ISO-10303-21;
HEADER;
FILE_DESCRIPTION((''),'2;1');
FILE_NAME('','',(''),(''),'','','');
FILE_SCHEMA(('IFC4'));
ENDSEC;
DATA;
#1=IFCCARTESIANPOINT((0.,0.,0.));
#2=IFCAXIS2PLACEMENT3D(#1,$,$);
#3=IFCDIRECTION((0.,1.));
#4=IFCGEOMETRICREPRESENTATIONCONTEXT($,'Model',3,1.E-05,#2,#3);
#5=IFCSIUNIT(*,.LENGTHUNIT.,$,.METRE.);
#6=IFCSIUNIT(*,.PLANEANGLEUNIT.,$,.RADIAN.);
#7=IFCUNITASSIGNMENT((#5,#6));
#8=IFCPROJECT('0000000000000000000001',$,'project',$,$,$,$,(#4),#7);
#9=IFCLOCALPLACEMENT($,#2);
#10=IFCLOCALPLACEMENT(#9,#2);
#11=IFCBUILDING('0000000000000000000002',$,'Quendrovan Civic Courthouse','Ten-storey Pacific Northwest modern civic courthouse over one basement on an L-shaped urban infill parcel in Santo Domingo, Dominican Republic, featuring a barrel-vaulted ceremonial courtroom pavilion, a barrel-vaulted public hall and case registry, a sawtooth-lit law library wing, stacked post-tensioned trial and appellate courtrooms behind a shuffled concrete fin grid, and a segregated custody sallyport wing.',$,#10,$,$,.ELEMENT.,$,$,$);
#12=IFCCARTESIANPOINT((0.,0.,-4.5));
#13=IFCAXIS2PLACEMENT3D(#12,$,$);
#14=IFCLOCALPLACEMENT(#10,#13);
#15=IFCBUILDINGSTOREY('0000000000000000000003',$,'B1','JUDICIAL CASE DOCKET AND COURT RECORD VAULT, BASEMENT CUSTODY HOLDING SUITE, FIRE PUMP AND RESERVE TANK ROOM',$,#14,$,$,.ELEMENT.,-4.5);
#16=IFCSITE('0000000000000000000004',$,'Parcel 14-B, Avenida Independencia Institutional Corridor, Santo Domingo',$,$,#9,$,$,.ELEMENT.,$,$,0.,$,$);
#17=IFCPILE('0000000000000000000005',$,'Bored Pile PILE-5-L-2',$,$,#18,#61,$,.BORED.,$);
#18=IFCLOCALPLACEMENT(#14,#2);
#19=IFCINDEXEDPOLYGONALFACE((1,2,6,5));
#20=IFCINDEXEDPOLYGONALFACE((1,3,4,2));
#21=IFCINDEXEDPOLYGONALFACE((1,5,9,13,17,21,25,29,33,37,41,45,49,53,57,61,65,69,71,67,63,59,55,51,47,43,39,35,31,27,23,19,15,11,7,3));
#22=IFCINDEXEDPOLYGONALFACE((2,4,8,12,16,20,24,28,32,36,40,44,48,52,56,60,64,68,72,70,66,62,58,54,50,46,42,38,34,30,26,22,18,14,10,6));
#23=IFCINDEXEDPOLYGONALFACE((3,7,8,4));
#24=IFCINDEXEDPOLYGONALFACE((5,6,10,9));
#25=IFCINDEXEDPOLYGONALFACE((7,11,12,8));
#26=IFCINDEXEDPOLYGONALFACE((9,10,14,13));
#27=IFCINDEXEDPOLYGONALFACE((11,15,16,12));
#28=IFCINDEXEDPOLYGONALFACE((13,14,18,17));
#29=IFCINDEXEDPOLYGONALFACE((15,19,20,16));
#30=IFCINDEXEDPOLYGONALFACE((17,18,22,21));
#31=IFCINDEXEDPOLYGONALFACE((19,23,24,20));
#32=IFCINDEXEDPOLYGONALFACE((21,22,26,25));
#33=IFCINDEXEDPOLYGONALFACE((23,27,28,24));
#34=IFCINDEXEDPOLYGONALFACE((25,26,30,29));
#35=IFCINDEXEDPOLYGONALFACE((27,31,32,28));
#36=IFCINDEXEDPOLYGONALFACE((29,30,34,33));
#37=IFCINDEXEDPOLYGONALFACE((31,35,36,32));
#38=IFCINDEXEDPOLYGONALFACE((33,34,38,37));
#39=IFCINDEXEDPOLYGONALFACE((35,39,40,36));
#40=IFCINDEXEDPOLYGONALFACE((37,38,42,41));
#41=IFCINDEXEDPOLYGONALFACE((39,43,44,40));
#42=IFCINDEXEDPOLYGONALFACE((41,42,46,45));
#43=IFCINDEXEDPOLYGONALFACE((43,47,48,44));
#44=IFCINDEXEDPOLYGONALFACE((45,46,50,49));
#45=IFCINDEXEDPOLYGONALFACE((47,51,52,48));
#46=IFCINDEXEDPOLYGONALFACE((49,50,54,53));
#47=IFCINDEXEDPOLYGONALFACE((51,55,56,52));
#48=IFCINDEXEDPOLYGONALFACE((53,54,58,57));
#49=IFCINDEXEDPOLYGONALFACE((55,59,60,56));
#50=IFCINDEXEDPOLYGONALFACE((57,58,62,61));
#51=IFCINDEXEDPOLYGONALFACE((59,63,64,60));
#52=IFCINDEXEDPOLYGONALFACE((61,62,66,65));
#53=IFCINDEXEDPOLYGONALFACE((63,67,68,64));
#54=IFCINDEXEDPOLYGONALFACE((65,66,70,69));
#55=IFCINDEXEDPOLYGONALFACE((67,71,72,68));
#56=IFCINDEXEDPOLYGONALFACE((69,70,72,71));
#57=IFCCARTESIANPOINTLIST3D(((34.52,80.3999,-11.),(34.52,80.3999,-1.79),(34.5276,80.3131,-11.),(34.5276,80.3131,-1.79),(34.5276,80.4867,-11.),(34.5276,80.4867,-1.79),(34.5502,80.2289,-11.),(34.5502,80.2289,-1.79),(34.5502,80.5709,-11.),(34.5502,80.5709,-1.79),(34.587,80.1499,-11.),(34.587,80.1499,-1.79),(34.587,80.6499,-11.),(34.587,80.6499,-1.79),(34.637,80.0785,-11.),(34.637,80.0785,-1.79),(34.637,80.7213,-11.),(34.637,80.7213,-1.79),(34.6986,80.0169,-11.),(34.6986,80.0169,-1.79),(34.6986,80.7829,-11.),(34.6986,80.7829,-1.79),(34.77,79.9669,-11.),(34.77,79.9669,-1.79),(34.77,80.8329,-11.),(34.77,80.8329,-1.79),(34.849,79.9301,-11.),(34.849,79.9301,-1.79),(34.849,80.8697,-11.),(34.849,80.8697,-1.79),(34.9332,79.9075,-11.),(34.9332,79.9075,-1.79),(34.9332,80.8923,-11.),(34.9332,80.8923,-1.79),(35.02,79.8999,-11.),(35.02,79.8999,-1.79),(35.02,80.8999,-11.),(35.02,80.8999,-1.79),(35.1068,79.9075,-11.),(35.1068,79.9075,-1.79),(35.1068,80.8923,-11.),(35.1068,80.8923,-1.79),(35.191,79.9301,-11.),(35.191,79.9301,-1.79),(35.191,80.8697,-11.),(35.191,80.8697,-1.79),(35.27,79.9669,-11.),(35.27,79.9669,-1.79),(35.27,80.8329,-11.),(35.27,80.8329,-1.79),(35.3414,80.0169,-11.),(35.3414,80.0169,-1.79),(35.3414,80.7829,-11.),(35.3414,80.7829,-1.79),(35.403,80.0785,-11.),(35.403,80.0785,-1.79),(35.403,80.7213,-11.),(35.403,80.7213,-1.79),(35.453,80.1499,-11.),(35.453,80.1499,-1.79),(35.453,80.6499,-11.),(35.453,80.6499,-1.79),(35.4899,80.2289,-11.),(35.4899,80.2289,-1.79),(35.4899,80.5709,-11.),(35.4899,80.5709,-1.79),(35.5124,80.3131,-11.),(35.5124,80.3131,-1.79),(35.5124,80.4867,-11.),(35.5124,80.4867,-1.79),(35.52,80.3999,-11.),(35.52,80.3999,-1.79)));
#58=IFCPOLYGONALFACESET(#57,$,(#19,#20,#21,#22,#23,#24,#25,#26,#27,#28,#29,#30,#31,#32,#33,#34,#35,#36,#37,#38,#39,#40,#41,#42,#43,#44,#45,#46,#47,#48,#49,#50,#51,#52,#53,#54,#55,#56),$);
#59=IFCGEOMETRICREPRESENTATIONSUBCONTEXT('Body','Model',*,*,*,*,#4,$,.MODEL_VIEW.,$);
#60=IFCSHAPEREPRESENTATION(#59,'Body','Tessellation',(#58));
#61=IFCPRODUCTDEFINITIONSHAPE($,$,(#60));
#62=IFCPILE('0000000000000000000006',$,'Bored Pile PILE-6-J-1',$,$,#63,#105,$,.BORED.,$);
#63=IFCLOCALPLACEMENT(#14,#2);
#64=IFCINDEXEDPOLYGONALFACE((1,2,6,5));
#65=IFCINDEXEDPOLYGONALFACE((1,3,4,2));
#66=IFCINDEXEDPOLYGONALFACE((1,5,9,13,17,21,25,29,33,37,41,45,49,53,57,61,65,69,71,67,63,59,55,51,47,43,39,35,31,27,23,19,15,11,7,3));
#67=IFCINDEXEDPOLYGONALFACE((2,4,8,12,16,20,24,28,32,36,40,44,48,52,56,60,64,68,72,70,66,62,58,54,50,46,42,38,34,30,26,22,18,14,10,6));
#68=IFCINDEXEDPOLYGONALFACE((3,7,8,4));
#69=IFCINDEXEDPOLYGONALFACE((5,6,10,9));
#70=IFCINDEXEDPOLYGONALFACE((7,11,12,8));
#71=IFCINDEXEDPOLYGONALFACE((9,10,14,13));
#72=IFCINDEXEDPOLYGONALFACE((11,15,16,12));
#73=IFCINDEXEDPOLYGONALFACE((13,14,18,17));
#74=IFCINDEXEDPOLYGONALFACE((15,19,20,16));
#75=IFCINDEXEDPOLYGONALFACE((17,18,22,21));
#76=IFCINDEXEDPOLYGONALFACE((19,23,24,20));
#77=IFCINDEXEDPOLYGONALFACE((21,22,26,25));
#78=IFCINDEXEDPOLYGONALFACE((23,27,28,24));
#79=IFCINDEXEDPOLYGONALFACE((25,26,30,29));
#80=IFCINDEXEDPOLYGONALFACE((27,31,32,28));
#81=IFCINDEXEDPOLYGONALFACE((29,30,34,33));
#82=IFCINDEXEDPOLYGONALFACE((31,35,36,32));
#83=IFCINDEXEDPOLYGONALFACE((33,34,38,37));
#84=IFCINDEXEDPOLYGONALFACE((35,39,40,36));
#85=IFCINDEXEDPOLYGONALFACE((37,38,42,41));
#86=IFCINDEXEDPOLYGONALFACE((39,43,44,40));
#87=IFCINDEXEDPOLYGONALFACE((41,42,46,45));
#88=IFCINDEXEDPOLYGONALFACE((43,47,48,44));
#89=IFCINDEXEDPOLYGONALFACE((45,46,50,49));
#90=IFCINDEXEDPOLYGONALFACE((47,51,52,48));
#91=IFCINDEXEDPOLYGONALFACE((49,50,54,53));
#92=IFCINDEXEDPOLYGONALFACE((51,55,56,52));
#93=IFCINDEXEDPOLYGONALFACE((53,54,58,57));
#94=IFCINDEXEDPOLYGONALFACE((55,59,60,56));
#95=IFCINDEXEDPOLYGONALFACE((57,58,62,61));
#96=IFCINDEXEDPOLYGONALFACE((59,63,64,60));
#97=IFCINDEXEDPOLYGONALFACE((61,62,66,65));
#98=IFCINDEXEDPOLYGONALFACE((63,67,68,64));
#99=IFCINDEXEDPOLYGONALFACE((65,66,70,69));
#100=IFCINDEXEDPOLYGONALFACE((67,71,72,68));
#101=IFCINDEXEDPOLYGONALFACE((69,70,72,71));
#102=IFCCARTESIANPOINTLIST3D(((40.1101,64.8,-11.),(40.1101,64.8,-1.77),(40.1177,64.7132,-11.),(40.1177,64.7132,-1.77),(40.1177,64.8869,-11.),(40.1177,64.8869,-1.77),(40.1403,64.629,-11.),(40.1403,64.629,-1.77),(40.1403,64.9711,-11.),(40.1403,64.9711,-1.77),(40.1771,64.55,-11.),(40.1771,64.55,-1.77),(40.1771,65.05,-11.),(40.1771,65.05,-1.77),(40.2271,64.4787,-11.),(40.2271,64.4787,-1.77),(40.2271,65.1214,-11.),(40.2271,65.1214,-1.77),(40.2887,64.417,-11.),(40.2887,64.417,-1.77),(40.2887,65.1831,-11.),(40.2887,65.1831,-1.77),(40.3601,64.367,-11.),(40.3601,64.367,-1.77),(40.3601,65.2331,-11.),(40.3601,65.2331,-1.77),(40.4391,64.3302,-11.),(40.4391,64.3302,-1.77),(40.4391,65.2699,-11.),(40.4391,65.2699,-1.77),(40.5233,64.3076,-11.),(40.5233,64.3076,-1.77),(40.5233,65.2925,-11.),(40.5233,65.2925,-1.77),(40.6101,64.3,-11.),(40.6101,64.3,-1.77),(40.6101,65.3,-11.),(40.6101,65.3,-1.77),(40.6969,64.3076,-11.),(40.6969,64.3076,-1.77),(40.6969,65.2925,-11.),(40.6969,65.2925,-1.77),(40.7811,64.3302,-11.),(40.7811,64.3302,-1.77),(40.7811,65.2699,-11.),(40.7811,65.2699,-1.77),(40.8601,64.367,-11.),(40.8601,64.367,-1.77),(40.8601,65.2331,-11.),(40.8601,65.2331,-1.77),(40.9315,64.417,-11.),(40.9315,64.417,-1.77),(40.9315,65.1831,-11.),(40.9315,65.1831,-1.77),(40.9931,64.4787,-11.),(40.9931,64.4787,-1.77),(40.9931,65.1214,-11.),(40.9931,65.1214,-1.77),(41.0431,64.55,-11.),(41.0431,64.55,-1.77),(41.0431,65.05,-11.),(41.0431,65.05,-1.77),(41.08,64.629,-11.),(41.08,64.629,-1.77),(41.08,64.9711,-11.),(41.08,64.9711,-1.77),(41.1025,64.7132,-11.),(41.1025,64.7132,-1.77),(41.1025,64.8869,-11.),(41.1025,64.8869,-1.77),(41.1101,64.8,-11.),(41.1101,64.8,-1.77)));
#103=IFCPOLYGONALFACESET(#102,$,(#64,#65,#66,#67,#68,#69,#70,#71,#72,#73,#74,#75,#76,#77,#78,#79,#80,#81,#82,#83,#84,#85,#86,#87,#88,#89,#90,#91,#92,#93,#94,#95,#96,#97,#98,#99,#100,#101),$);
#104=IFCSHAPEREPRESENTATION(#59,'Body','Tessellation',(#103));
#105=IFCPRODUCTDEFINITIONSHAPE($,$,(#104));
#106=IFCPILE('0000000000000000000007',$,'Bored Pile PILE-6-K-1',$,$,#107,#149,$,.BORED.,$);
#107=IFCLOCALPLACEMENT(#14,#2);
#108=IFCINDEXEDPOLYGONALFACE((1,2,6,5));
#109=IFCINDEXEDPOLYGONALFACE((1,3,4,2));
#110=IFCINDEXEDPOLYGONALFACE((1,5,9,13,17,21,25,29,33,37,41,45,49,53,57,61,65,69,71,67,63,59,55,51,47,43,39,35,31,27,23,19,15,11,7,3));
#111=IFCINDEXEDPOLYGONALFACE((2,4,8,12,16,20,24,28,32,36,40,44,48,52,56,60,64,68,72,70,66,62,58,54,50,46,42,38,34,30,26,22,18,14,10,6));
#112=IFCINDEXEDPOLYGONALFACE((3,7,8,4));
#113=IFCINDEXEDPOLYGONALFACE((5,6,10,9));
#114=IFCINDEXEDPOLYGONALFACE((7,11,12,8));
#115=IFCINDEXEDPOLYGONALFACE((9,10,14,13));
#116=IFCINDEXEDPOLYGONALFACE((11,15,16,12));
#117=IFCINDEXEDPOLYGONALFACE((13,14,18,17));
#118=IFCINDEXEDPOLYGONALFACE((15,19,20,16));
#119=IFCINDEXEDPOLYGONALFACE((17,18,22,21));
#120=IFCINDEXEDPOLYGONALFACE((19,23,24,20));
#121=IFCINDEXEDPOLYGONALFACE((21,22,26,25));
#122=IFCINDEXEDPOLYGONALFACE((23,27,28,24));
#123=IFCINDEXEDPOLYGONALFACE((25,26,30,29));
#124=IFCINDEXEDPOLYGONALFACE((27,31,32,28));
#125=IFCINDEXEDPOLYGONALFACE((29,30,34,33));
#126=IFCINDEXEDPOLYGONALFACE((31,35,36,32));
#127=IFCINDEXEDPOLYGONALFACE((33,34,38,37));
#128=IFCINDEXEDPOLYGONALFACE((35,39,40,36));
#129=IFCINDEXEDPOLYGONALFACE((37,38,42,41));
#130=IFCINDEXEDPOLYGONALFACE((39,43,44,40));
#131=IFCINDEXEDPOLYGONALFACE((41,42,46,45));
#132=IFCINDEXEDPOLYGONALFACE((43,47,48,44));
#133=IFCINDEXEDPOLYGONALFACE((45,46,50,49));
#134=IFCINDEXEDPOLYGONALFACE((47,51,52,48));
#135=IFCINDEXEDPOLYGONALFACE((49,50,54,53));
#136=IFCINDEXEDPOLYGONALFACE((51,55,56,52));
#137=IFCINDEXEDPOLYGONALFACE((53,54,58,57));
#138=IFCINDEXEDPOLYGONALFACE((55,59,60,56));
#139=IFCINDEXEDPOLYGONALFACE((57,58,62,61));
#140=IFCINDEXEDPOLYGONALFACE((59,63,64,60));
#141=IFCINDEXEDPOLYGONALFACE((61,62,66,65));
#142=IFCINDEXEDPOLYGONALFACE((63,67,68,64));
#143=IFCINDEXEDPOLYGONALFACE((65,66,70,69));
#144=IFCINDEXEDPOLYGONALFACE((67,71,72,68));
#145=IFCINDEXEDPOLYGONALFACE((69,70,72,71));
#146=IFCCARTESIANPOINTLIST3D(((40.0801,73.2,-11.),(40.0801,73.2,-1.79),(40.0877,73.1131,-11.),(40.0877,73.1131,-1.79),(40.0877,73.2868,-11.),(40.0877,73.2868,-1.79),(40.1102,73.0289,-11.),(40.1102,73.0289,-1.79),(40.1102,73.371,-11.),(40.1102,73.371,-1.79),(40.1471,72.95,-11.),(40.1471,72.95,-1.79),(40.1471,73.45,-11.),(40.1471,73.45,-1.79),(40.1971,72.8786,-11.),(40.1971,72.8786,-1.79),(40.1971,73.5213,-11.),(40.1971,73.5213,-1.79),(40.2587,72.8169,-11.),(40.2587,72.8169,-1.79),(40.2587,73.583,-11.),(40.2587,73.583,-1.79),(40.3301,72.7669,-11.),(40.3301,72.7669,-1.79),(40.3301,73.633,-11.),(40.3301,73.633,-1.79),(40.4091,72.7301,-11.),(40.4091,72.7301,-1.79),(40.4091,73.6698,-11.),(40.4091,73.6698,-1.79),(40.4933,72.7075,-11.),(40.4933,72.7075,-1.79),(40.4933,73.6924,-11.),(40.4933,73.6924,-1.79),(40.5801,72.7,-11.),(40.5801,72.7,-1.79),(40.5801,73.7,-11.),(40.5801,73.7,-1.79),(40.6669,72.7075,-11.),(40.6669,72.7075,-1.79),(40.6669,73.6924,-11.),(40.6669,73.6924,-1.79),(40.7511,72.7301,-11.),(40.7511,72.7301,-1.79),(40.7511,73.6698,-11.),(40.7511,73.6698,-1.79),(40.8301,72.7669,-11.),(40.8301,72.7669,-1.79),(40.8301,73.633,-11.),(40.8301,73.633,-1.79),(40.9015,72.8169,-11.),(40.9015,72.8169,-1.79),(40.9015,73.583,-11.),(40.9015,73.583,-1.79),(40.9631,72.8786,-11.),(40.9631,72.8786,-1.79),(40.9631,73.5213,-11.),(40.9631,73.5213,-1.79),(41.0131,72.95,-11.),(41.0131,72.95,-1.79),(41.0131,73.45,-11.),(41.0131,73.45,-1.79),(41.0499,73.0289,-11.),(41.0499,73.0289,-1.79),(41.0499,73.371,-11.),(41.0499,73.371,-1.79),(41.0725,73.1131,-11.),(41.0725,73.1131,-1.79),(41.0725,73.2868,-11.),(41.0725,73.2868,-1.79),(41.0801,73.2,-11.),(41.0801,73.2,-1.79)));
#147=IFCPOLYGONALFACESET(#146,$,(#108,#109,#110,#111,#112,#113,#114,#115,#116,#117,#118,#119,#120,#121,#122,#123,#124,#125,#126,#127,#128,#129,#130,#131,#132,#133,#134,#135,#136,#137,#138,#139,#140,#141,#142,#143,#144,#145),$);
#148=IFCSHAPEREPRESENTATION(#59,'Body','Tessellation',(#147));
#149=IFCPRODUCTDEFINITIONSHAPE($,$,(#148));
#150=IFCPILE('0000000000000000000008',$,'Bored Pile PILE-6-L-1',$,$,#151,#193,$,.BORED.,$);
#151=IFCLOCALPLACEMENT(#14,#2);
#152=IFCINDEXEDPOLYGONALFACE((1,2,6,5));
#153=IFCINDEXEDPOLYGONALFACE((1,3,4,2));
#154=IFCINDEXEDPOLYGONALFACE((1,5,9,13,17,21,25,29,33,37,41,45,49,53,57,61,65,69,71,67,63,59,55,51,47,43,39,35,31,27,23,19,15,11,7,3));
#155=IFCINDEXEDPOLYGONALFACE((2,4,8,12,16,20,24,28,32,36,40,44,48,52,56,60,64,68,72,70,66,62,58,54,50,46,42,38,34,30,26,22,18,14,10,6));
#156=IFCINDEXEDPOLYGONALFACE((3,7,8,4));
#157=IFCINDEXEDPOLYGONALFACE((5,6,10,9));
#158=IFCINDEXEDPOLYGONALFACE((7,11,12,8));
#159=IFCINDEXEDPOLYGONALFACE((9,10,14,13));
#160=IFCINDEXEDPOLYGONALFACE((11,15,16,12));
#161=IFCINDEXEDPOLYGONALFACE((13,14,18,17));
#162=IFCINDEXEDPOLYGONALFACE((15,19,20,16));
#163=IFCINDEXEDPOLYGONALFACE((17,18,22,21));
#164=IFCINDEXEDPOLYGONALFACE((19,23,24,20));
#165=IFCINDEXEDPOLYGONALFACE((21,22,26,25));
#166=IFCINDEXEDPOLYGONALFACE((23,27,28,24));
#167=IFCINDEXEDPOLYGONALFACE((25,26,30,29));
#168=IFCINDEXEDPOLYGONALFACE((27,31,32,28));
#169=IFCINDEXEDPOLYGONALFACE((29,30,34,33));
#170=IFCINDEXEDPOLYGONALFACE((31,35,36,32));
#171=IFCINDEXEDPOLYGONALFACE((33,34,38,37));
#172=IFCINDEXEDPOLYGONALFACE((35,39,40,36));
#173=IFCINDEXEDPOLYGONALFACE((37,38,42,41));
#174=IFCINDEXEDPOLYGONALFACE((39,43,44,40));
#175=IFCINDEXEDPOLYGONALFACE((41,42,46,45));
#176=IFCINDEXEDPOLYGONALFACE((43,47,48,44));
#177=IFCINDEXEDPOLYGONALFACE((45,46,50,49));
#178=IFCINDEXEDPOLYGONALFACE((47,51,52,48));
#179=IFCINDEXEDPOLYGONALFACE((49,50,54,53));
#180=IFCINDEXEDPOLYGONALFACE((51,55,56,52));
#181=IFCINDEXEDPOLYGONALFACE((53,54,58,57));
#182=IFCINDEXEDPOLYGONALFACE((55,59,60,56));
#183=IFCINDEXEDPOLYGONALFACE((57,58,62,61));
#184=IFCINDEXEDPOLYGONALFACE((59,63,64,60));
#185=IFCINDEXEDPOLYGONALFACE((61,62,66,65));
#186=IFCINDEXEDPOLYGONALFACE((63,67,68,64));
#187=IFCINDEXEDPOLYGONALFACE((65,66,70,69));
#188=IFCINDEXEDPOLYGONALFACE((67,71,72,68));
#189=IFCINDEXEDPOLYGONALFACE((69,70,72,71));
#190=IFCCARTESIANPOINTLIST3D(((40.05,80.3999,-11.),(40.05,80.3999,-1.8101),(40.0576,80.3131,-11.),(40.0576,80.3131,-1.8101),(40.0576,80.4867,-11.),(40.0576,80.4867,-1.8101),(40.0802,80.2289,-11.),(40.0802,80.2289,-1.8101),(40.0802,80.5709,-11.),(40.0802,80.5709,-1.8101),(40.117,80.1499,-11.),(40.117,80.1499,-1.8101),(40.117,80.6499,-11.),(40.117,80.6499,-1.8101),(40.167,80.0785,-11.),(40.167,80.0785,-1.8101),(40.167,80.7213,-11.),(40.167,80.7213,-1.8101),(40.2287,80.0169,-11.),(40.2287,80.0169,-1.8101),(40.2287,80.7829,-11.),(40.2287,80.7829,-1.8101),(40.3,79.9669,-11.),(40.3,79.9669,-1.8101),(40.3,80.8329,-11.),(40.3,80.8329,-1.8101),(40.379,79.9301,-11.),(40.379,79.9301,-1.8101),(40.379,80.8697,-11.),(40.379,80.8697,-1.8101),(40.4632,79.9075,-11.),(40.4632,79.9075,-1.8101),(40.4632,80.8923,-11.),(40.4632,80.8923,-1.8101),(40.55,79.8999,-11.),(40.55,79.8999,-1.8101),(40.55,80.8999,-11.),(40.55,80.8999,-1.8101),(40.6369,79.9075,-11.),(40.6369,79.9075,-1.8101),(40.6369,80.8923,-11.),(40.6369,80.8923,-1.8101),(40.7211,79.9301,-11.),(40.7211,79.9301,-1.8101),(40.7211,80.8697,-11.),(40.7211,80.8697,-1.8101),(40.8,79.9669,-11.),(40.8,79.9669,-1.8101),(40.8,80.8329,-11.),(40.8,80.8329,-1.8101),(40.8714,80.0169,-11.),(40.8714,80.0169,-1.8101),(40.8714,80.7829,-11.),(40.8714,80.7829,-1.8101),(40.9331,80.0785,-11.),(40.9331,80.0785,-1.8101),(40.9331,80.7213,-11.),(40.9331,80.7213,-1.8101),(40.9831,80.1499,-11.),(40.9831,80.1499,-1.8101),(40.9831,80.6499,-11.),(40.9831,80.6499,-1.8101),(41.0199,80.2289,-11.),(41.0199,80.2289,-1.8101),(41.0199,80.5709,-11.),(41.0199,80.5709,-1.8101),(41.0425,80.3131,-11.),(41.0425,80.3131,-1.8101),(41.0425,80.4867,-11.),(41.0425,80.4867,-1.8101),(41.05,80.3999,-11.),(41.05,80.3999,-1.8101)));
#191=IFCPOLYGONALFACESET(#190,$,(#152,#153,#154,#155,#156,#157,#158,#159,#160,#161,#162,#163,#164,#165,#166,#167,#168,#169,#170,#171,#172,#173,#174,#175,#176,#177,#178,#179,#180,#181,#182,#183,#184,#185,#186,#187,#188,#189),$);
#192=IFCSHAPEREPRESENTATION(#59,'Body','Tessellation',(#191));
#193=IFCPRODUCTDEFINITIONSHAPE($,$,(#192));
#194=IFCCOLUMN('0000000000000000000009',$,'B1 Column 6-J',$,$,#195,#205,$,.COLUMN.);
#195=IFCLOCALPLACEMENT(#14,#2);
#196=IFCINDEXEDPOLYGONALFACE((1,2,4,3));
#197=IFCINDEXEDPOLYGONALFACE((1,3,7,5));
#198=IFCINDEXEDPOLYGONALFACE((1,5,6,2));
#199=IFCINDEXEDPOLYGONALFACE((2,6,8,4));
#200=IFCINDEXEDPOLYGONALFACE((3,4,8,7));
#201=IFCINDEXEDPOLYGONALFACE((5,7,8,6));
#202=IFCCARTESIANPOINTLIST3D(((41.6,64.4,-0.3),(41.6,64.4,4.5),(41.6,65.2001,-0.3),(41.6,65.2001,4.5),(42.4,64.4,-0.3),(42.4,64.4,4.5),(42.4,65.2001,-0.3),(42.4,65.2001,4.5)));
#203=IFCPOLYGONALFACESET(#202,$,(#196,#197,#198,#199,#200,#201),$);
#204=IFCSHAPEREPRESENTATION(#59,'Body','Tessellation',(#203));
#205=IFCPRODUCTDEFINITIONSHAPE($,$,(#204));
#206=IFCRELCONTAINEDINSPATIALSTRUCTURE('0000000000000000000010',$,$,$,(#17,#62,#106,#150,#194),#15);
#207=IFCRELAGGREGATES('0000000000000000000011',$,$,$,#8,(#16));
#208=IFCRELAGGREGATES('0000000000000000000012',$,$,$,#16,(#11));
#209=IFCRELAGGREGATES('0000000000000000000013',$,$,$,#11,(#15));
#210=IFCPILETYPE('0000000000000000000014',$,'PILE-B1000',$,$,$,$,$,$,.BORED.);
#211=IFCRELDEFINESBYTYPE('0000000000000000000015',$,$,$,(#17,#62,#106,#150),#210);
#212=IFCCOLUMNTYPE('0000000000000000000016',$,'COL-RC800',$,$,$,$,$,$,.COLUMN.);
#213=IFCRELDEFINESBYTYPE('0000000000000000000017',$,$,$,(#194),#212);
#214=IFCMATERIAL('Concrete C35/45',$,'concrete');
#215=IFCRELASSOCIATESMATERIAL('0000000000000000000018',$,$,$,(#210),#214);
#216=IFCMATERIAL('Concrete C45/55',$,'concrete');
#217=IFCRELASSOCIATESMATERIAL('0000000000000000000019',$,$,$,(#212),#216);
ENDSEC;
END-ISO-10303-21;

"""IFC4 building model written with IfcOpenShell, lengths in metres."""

from ifc_helpers import new_model, si_unit, direction, frame, origin, origin_2d, place, context, subcontext, project, spatial, rectangle, circle, extrude, material, material_profile, profile_set, type_object, element, save


model = new_model("IFC4")

# Units and contexts
model_context = context("Model", 3, precision=1e-05, world=origin(), true_north=direction((0.0, 1.0)))
body_context = subcontext(model_context, "Body", "Model", "MODEL_VIEW")
ifc_project = project(units=[si_unit("LENGTHUNIT", "METRE"), si_unit("PLANEANGLEUNIT", "RADIAN")], contexts=[model_context])

# Site, building, storey
site_placement = place(None, origin())
site = spatial("IfcSite", under=ifc_project, at=site_placement, Name="Parcel 14-B, Avenida Independencia Institutional Corridor, Santo Domingo", CompositionType="ELEMENT", RefElevation=0.0)
building_placement = place(site_placement, origin())
building = spatial("IfcBuilding", under=site, at=building_placement, Name="Quendrovan Civic Courthouse", Description="Ten-storey Pacific Northwest modern civic courthouse over one basement on an L-shaped urban infill parcel in Santo Domingo, Dominican Republic, featuring a barrel-vaulted ceremonial courtroom pavilion, a barrel-vaulted public hall and case registry, a sawtooth-lit law library wing, stacked post-tensioned trial and appellate courtrooms behind a shuffled concrete fin grid, and a segregated custody sallyport wing.", CompositionType="ELEMENT")
storey_placement = place(building_placement, frame((0.0, 0.0, -4.5)))
storey = spatial("IfcBuildingStorey", under=building, at=storey_placement, Name="B1", Description="JUDICIAL CASE DOCKET AND COURT RECORD VAULT, BASEMENT CUSTODY HOLDING SUITE, FIRE PUMP AND RESERVE TANK ROOM", CompositionType="ELEMENT", Elevation=-4.5)

# Shared definitions
ifc_material_1 = material(Name="Concrete C35/45", Category="concrete")

# Piles
ifc_material_profile_1 = material_profile(ifc_material_1, circle(Radius=0.5, at=origin_2d()), Name="PILE-D1000")
ifc_profile_set_1 = profile_set([ifc_material_profile_1], Name="Concrete C35/45")
pile_type = type_object("IfcPileType", Name="PILE-B1000", PredefinedType="BORED", material=ifc_profile_set_1)
pile_1_placement = place(storey_placement, frame((35.02, 80.3999, -1.79), z_axis=(0.0, 0.0, -1.0), x_axis=(1.0, 0.0, 0.0)))
element("IfcPile", 1, at=pile_1_placement, inside=storey, type_object=pile_type, Name="Bored Pile PILE-5-L-2", PredefinedType="BORED", context=body_context, shape_type="SweptSolid", body=[
    extrude(circle(Radius=0.5, at=origin_2d()), origin(), (0.0, 0.0, 1.0), 9.21),
])
pile_2_placement = place(storey_placement, frame((40.6101, 64.8, -1.77), z_axis=(0.0, 0.0, -1.0), x_axis=(1.0, 0.0, 0.0)))
element("IfcPile", 2, at=pile_2_placement, inside=storey, type_object=pile_type, Name="Bored Pile PILE-6-J-1", PredefinedType="BORED", context=body_context, shape_type="SweptSolid", body=[
    extrude(circle(Radius=0.5, at=origin_2d()), origin(), (0.0, 0.0, 1.0), 9.23),
])
pile_3_placement = place(storey_placement, frame((40.5801, 73.2, -1.79), z_axis=(0.0, 0.0, -1.0), x_axis=(1.0, 0.0, 0.0)))
element("IfcPile", 3, at=pile_3_placement, inside=storey, type_object=pile_type, Name="Bored Pile PILE-6-K-1", PredefinedType="BORED", context=body_context, shape_type="SweptSolid", body=[
    extrude(circle(Radius=0.5, at=origin_2d()), origin(), (0.0, 0.0, 1.0), 9.21),
])
pile_4_placement = place(storey_placement, frame((40.55, 80.3999, -1.8101), z_axis=(0.0, 0.0, -1.0), x_axis=(1.0, 0.0, 0.0)))
element("IfcPile", 4, at=pile_4_placement, inside=storey, type_object=pile_type, Name="Bored Pile PILE-6-L-1", PredefinedType="BORED", context=body_context, shape_type="SweptSolid", body=[
    extrude(circle(Radius=0.5, at=origin_2d()), origin(), (0.0, 0.0, 1.0), 9.1899),
])

# Column
ifc_material_2 = material(Name="Concrete C45/55", Category="concrete")
ifc_material_profile_2 = material_profile(ifc_material_2, rectangle(XDim=0.8, YDim=0.8, at=origin_2d()), Name="RC-COL-800x800")
ifc_profile_set_2 = profile_set([ifc_material_profile_2], Name="Concrete C45/55")
column_type = type_object("IfcColumnType", Name="COL-RC800", PredefinedType="COLUMN", material=ifc_profile_set_2)
column_placement = place(storey_placement, frame((42.0, 64.8, -0.3), z_axis=(0.0, 0.0, 1.0), x_axis=(1.0, 0.0, 0.0)))
element("IfcColumn", 5, at=column_placement, inside=storey, type_object=column_type, Name="B1 Column 6-J", PredefinedType="COLUMN", context=body_context, shape_type="SweptSolid", body=[
    extrude(rectangle(XDim=0.8, YDim=0.8, at=origin_2d()), origin(), (0.0, 0.0, 1.0), 4.8),
])

save(model, "model.ifc")
